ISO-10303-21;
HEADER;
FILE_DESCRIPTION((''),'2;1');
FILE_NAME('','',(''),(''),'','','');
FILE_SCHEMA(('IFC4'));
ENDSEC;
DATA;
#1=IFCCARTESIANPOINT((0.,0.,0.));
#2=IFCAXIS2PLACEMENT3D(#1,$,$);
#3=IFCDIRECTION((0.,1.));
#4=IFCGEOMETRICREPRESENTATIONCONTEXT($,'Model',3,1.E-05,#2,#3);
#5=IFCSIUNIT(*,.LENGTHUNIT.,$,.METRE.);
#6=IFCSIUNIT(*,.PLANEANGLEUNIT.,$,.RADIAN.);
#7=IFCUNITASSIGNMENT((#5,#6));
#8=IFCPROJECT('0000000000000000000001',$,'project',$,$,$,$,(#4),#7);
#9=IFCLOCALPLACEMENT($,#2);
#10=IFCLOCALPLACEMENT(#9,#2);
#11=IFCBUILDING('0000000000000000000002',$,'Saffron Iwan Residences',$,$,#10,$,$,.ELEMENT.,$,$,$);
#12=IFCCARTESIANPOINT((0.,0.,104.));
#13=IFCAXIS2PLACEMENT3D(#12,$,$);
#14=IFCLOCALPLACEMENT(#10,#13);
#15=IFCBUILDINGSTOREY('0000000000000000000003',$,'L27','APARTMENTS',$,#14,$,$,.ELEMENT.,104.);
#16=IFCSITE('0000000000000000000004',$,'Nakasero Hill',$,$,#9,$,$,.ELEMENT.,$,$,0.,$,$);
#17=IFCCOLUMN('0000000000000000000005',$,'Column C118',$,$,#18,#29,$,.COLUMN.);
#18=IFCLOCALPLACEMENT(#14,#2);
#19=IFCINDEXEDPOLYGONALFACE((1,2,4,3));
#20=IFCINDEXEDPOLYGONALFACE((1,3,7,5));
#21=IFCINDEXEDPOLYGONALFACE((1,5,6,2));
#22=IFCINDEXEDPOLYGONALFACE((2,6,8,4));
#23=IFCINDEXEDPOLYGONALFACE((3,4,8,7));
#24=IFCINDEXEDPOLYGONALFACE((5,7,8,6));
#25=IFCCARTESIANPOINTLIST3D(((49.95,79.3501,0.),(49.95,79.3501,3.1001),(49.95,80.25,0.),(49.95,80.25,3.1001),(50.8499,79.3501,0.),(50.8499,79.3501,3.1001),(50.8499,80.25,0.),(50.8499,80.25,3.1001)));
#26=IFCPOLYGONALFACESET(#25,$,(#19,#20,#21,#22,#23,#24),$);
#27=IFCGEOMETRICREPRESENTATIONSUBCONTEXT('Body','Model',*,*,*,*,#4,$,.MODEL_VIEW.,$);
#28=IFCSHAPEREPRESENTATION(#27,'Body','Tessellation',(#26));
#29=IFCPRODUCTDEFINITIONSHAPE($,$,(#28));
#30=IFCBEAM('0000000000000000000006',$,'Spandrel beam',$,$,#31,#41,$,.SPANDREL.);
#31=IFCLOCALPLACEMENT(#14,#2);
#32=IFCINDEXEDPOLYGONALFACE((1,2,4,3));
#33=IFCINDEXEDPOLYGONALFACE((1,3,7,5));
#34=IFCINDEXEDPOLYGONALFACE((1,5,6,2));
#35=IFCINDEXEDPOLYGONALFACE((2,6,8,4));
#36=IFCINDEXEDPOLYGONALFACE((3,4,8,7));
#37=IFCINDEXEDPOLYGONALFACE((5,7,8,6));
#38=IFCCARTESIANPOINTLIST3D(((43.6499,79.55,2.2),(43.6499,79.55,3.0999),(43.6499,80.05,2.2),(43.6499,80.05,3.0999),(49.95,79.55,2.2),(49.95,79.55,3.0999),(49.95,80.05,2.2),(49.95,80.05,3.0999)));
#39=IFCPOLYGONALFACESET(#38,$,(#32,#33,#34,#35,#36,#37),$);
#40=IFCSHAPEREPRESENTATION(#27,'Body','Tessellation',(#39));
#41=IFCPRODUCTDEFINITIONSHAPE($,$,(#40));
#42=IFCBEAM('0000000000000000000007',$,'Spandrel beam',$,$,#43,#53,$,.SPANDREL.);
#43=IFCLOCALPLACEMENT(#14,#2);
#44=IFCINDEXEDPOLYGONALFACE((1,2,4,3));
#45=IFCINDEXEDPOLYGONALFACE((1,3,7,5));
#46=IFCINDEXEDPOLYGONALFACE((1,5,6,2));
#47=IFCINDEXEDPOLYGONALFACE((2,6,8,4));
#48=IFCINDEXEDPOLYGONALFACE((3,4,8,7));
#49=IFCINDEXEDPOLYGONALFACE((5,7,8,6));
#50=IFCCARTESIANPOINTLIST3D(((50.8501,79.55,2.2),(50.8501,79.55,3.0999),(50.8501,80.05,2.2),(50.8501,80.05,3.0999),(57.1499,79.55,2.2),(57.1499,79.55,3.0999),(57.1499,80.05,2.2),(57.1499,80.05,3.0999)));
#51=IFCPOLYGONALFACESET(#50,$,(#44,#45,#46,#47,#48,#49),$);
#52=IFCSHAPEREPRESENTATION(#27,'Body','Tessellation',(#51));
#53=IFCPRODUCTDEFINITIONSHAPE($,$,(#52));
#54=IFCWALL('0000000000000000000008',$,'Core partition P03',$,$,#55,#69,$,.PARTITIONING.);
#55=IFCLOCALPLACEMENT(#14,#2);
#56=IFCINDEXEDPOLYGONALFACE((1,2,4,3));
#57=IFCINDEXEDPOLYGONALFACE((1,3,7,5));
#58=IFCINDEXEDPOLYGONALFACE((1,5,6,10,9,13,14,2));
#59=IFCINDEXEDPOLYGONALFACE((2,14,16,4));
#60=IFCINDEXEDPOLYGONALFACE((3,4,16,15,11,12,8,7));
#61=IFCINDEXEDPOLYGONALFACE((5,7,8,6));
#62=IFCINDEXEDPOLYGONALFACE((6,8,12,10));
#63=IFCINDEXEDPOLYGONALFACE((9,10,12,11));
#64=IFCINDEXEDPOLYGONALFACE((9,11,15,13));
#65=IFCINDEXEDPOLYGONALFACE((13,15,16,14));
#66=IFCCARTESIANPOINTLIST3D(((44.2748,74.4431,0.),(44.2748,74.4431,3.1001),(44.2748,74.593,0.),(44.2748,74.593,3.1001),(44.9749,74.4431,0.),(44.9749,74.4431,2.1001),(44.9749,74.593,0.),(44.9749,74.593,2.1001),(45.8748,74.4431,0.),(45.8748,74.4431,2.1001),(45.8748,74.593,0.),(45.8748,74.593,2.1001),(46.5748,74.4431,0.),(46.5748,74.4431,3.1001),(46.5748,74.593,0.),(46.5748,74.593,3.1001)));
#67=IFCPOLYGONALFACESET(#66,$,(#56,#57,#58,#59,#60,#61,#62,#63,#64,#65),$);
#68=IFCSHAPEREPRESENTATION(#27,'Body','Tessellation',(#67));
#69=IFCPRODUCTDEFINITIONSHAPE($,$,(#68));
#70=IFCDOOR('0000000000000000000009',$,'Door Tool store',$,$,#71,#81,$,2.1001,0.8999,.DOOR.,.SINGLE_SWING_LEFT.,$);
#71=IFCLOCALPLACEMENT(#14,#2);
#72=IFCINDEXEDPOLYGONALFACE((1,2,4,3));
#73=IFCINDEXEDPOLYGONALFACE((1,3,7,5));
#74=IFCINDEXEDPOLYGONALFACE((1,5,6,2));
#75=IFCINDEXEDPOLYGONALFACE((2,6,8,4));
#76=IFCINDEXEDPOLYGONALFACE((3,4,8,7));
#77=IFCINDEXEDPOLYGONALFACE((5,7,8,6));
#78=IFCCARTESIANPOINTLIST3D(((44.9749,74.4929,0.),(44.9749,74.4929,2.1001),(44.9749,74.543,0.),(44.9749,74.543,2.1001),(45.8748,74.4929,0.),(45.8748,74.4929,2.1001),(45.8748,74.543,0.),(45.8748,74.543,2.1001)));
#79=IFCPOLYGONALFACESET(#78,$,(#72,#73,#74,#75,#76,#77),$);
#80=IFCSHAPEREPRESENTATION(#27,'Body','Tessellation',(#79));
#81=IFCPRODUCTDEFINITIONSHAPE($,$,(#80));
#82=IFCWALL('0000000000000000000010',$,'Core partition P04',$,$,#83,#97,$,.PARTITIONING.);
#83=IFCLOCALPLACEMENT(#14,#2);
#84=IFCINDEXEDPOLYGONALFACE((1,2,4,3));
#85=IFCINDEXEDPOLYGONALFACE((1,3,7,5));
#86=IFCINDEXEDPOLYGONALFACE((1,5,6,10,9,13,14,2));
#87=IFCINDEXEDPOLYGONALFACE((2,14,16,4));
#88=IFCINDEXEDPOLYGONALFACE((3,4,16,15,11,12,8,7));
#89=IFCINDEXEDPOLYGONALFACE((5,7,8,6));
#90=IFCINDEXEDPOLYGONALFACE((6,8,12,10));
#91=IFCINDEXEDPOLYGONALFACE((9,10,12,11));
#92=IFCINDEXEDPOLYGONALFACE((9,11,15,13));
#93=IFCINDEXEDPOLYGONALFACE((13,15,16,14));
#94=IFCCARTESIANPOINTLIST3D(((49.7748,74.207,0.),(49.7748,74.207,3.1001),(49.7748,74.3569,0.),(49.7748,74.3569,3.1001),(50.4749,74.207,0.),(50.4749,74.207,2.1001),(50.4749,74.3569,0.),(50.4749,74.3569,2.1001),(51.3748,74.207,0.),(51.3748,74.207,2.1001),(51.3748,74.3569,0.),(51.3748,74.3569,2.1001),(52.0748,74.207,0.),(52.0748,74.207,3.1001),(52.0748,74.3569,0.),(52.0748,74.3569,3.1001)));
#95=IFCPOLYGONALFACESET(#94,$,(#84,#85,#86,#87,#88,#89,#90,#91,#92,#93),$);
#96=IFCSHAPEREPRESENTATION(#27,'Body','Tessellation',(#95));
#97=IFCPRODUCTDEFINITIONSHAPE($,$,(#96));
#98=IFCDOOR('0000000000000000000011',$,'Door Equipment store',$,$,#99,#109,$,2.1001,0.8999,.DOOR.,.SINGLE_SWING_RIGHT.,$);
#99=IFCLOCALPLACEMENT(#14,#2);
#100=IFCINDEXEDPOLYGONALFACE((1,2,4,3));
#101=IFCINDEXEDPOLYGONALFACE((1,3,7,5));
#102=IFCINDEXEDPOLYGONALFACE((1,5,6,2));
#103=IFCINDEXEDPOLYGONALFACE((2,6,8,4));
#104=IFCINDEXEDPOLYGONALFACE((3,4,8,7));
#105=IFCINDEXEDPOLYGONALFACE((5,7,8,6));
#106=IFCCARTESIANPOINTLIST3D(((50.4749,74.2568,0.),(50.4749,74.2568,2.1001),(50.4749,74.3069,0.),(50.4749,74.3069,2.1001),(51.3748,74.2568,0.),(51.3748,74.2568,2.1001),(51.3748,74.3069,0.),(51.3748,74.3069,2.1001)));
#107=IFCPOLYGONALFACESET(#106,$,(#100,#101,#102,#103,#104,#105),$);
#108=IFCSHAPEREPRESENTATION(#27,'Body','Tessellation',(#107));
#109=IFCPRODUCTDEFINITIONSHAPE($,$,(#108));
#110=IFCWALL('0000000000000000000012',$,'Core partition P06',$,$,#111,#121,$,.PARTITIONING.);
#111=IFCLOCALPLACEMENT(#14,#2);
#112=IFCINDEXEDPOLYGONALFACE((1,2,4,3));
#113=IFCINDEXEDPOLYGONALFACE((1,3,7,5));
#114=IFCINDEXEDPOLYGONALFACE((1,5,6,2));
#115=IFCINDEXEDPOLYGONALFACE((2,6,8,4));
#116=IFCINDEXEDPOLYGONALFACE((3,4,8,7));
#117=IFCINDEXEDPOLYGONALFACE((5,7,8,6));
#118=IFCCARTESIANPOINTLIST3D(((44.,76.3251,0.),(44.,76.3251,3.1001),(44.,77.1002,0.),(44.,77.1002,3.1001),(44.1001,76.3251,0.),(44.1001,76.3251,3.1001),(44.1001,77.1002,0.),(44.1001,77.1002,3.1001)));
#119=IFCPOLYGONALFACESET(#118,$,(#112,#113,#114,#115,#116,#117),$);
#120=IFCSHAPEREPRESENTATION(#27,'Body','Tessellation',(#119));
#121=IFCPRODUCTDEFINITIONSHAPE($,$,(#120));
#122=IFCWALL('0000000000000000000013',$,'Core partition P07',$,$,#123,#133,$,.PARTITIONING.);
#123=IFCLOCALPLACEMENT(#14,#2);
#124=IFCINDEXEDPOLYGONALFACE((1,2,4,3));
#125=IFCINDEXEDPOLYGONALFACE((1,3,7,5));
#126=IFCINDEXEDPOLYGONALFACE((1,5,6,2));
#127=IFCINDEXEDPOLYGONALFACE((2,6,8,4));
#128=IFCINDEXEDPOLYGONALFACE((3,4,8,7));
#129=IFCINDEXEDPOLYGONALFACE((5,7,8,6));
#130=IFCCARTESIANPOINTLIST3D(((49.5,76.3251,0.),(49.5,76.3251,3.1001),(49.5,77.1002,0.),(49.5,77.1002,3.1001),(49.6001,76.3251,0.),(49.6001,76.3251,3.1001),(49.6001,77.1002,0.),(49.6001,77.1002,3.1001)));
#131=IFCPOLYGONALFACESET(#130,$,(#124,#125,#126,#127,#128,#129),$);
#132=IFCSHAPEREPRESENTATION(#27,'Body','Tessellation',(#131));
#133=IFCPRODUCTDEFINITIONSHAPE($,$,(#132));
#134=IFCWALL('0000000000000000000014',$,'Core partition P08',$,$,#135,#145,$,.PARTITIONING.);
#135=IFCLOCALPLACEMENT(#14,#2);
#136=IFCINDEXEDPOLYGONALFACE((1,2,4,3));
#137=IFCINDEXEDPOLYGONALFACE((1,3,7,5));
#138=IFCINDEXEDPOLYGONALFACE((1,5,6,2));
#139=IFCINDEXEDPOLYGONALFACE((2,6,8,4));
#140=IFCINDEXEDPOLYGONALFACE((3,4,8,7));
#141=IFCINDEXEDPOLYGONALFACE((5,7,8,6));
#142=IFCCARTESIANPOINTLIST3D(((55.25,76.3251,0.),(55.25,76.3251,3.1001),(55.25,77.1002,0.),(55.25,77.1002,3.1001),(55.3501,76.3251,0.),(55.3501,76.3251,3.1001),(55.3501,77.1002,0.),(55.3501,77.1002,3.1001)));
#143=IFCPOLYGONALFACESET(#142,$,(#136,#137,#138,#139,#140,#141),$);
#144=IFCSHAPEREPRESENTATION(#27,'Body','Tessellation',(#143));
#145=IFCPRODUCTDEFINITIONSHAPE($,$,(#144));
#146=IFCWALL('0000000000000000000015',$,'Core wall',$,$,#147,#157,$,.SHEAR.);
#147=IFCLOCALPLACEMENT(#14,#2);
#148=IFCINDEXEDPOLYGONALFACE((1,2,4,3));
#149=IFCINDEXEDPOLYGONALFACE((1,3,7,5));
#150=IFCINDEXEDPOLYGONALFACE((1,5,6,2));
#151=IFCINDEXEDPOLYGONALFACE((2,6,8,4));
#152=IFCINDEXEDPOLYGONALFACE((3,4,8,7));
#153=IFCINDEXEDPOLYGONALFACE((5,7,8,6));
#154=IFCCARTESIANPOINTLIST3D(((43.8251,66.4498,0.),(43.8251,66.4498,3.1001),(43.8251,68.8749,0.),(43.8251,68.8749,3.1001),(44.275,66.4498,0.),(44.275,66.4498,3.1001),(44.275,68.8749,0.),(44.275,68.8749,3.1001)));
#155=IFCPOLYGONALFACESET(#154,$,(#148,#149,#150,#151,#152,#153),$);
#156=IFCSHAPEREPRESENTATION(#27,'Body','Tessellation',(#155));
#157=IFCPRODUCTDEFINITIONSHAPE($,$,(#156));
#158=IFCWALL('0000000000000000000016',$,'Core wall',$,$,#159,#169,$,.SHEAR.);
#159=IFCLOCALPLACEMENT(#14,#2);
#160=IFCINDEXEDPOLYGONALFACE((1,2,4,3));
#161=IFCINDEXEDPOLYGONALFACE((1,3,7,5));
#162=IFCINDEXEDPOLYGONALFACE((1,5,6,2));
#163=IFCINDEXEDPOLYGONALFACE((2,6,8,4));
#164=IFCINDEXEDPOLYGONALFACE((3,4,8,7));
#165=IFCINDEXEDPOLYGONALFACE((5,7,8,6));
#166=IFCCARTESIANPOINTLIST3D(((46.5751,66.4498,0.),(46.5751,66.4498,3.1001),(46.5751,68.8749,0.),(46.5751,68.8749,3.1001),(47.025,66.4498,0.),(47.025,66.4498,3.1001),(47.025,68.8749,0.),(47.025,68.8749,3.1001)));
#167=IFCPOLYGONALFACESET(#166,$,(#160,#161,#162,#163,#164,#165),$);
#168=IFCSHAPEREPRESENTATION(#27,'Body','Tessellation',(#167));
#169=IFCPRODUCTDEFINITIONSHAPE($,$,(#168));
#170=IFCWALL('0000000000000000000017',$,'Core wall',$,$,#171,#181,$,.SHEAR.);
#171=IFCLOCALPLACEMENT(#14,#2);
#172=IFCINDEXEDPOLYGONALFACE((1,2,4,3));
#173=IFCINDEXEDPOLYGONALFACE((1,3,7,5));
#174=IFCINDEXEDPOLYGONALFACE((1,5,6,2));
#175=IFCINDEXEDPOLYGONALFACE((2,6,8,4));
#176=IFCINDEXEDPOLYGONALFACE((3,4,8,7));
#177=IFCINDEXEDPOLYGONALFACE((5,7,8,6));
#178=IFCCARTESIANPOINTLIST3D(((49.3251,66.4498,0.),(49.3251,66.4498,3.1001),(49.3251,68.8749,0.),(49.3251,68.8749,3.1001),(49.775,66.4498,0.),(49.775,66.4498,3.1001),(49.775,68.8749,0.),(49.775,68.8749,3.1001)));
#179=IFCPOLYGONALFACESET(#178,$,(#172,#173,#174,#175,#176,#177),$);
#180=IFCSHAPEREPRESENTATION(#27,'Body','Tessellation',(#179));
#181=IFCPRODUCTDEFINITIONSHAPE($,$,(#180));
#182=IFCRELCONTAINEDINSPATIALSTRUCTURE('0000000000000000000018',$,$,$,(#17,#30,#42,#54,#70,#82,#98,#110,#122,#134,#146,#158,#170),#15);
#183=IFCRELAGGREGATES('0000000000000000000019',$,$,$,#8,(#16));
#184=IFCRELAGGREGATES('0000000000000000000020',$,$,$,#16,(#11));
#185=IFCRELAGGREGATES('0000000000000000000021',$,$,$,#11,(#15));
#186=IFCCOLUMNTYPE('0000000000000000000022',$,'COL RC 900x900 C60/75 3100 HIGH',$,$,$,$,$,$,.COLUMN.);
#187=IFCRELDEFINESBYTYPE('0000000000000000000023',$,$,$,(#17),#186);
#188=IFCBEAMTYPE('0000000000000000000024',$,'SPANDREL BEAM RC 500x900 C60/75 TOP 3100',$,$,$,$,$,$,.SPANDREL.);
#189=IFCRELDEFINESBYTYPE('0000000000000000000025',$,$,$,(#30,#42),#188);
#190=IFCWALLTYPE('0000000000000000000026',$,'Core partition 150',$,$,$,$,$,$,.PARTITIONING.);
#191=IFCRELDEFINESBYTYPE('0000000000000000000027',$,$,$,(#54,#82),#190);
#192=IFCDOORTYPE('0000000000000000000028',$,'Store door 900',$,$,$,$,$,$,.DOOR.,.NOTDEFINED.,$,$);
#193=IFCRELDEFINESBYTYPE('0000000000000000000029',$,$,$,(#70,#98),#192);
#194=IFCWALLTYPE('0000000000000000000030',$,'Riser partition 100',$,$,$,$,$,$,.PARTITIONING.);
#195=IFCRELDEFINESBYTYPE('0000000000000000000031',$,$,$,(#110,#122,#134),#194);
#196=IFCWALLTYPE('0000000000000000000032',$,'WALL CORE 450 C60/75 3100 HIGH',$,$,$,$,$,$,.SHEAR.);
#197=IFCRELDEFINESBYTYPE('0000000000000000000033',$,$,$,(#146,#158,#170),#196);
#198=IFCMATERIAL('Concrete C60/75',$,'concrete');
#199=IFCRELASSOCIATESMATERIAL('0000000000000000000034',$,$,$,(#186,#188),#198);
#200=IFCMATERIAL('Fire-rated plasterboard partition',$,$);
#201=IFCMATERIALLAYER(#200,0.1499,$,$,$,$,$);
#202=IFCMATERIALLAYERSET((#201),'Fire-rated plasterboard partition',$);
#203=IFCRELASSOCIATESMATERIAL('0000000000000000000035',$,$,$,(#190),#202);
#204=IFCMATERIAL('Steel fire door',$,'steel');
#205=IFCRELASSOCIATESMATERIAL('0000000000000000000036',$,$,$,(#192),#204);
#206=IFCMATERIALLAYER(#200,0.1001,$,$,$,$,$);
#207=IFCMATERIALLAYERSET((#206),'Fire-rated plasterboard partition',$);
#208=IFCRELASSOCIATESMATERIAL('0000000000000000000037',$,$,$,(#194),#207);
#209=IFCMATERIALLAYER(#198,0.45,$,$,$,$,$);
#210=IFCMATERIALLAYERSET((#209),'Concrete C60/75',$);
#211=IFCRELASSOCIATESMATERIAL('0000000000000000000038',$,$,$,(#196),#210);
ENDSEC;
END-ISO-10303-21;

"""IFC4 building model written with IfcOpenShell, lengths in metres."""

from ifc_helpers import new_model, si_unit, direction, frame, frame_2d, origin, origin_2d, place, context, subcontext, project, spatial, rectangle, extrude, source, transform, mapped, material, layer, layer_set, material_profile, profile_set, type_object, element, fill, save


model = new_model("IFC4")

# Units and contexts
model_context = context("Model", 3, precision=1e-05, world=origin(), true_north=direction((0.0, 1.0)))
body_context = subcontext(model_context, "Body", "Model", "MODEL_VIEW")
ifc_project = project(units=[si_unit("LENGTHUNIT", "METRE"), si_unit("PLANEANGLEUNIT", "RADIAN")], contexts=[model_context])

# Site, building, storey
site_placement = place(None, origin())
site = spatial("IfcSite", under=ifc_project, at=site_placement, Name="Nakasero Hill", CompositionType="ELEMENT", RefElevation=0.0)
building_placement = place(site_placement, origin())
building = spatial("IfcBuilding", under=site, at=building_placement, Name="Saffron Iwan Residences", CompositionType="ELEMENT")
storey_placement = place(building_placement, frame((0.0, 0.0, 104.0)))
storey = spatial("IfcBuildingStorey", under=building, at=storey_placement, Name="L27", Description="APARTMENTS", CompositionType="ELEMENT", Elevation=104.0)

# Column
ifc_material_1 = material(Name="Concrete C60/75", Category="concrete")
ifc_material_profile_1 = material_profile(ifc_material_1, rectangle(XDim=0.8999, YDim=0.8999, at=origin_2d()), Name="RC 900x900")
ifc_profile_set_1 = profile_set([ifc_material_profile_1], Name="Concrete C60/75")
column_type = type_object("IfcColumnType", Name="COL RC 900x900 C60/75 3100 HIGH", PredefinedType="COLUMN", material=ifc_profile_set_1)
shared_shape_1 = source(origin(), body_context, "Body", "SweptSolid", [
    extrude(rectangle(XDim=0.8999, YDim=0.8999, at=origin_2d()), origin(), (0.0, 0.0, 1.0), 3.1001),
])
column_placement = place(storey_placement, frame((50.3999, 79.8, 0.0), z_axis=(0.0, 0.0, 1.0), x_axis=(1.0, 0.0, 0.0)))
element("IfcColumn", 1, at=column_placement, inside=storey, type_object=column_type, Name="Column C118", PredefinedType="COLUMN", context=body_context, shape_type="MappedRepresentation", body=[
    mapped(shared_shape_1, transform((0.0, 0.0, 0.0))),
])

# Beams
ifc_material_profile_2 = material_profile(ifc_material_1, rectangle(XDim=0.5, YDim=0.8999, at=origin_2d()), Name="RC 500x900")
ifc_profile_set_2 = profile_set([ifc_material_profile_2], Name="Concrete C60/75")
beam_type = type_object("IfcBeamType", Name="SPANDREL BEAM RC 500x900 C60/75 TOP 3100", PredefinedType="SPANDREL", material=ifc_profile_set_2)
shared_shape_2 = source(origin(), body_context, "Body", "SweptSolid", [
    extrude(rectangle(XDim=0.5, YDim=0.8999, at=origin_2d()), origin(), (0.0, 0.0, 1.0), 6.3),
])
beam_1_placement = place(storey_placement, frame((43.6499, 79.8, 2.6499), z_axis=(1.0, 0.0, 0.0), x_axis=(0.0, 1.0, 0.0)))
element("IfcBeam", 2, at=beam_1_placement, inside=storey, type_object=beam_type, Name="Spandrel beam", PredefinedType="SPANDREL", context=body_context, shape_type="MappedRepresentation", body=[
    mapped(shared_shape_2, transform((0.0, 0.0, 0.0))),
])
shared_shape_3 = source(origin(), body_context, "Body", "SweptSolid", [
    extrude(rectangle(XDim=0.5, YDim=0.8999, at=origin_2d()), origin(), (0.0, 0.0, 1.0), 6.2998),
])
beam_2_placement = place(storey_placement, frame((50.8501, 79.8, 2.6499), z_axis=(1.0, 0.0, 0.0), x_axis=(0.0, 1.0, 0.0)))
element("IfcBeam", 3, at=beam_2_placement, inside=storey, type_object=beam_type, Name="Spandrel beam", PredefinedType="SPANDREL", context=body_context, shape_type="MappedRepresentation", body=[
    mapped(shared_shape_3, transform((0.0, 0.0, 0.0))),
])

# Walls, openings, doors
ifc_material_2 = material(Name="Fire-rated plasterboard partition")
ifc_layer_1 = layer(ifc_material_2, 0.1499)
ifc_layer_set_1 = layer_set([ifc_layer_1], Name="Fire-rated plasterboard partition")
wall_type_1 = type_object("IfcWallType", Name="Core partition 150", PredefinedType="PARTITIONING", material=ifc_layer_set_1)
wall_1_placement = place(storey_placement, frame((44.2749, 74.5181, 0.0), z_axis=(0.0, 0.0, 1.0), x_axis=(1.0, 0.0, 0.0)))
wall_1 = element("IfcWall", 4, at=wall_1_placement, inside=storey, type_object=wall_type_1, Name="Core partition P03", PredefinedType="PARTITIONING", context=body_context, shape_type="SweptSolid", body=[
    extrude(rectangle(XDim=2.3, YDim=0.1499, at=frame_2d((1.1499, 0.0))), origin(), (0.0, 0.0, 1.0), 3.1001),
])
opening_1_placement = place(wall_1_placement, frame((0.7, 0.0, 0.0)))
opening_1 = element("IfcOpeningElement", 5, at=opening_1_placement, cuts=wall_1, PredefinedType="OPENING", context=body_context, shape_type="SweptSolid", body=[
    extrude(rectangle(XDim=0.8999, YDim=2.1001, at=frame_2d((0.45, 1.05))), frame((0.0, 0.085, 0.0), z_axis=(0.0, -1.0, 0.0), x_axis=(1.0, 0.0, 0.0)), (0.0, 0.0, 1.0), 0.1699),
])
ifc_material_3 = material(Name="Steel fire door", Category="steel")
door_type = type_object("IfcDoorType", Name="Store door 900", OperationType="NOTDEFINED", PredefinedType="DOOR", material=ifc_material_3)
door_1_placement = place(opening_1_placement, origin())
door_1 = element("IfcDoor", 6, at=door_1_placement, inside=storey, type_object=door_type, Name="Door Tool store", OperationType="SINGLE_SWING_LEFT", OverallHeight=2.1001, OverallWidth=0.8999, PredefinedType="DOOR", context=body_context, shape_type="SweptSolid", body=[
    extrude(rectangle(XDim=0.8999, YDim=2.1001, at=frame_2d((0.45, 1.05))), frame((0.0, 0.0249, 0.0), z_axis=(0.0, -1.0, 0.0), x_axis=(1.0, 0.0, 0.0)), (0.0, 0.0, 1.0), 0.05),
])
fill(opening_1, door_1)
wall_2_placement = place(storey_placement, frame((49.7749, 74.282, 0.0), z_axis=(0.0, 0.0, 1.0), x_axis=(1.0, 0.0, 0.0)))
wall_2 = element("IfcWall", 7, at=wall_2_placement, inside=storey, type_object=wall_type_1, Name="Core partition P04", PredefinedType="PARTITIONING", context=body_context, shape_type="SweptSolid", body=[
    extrude(rectangle(XDim=2.3, YDim=0.1499, at=frame_2d((1.1499, 0.0))), origin(), (0.0, 0.0, 1.0), 3.1001),
])
opening_2_placement = place(wall_2_placement, frame((0.7, 0.0, 0.0)))
opening_2 = element("IfcOpeningElement", 8, at=opening_2_placement, cuts=wall_2, PredefinedType="OPENING", context=body_context, shape_type="SweptSolid", body=[
    extrude(rectangle(XDim=0.8999, YDim=2.1001, at=frame_2d((0.45, 1.05))), frame((0.0, 0.085, 0.0), z_axis=(0.0, -1.0, 0.0), x_axis=(1.0, 0.0, 0.0)), (0.0, 0.0, 1.0), 0.1699),
])
door_2_placement = place(opening_2_placement, origin())
door_2 = element("IfcDoor", 9, at=door_2_placement, inside=storey, type_object=door_type, Name="Door Equipment store", OperationType="SINGLE_SWING_RIGHT", OverallHeight=2.1001, OverallWidth=0.8999, PredefinedType="DOOR", context=body_context, shape_type="SweptSolid", body=[
    extrude(rectangle(XDim=0.8999, YDim=2.1001, at=frame_2d((0.45, 1.05))), frame((0.0, 0.0249, 0.0), z_axis=(0.0, -1.0, 0.0), x_axis=(1.0, 0.0, 0.0)), (0.0, 0.0, 1.0), 0.05),
])
fill(opening_2, door_2)

# Walls
ifc_layer_2 = layer(ifc_material_2, 0.1001)
ifc_layer_set_2 = layer_set([ifc_layer_2], Name="Fire-rated plasterboard partition")
wall_type_2 = type_object("IfcWallType", Name="Riser partition 100", PredefinedType="PARTITIONING", material=ifc_layer_set_2)
for number, where, z_axis, x_axis, name in (
    (10, (44.05, 76.325, 0.0), (0.0, 0.0, 1.0), (0.0, 1.0, 0.0), "Core partition P06"),
    (11, (49.55, 76.325, 0.0), (0.0, 0.0, 1.0), (0.0, 1.0, 0.0), "Core partition P07"),
    (12, (55.3, 76.325, 0.0), (0.0, 0.0, 1.0), (0.0, 1.0, 0.0), "Core partition P08"),
):
    element("IfcWall", number, at=place(storey_placement, frame(where, z_axis=z_axis, x_axis=x_axis)), inside=storey, type_object=wall_type_2, Name=name, PredefinedType="PARTITIONING", context=body_context, shape_type="SweptSolid", body=[
        extrude(rectangle(XDim=0.7751, YDim=0.1001, at=frame_2d((0.3877, 0.0))), origin(), (0.0, 0.0, 1.0), 3.1001),
    ])
ifc_layer_3 = layer(ifc_material_1, 0.45)
ifc_layer_set_3 = layer_set([ifc_layer_3], Name="Concrete C60/75")
wall_type_3 = type_object("IfcWallType", Name="WALL CORE 450 C60/75 3100 HIGH", PredefinedType="SHEAR", material=ifc_layer_set_3)
for number, where, z_axis, x_axis, name in (
    (13, (44.05, 66.45, 0.0), (0.0, 0.0, 1.0), (0.0, 1.0, 0.0), "Core wall"),
    (14, (46.8, 66.45, 0.0), (0.0, 0.0, 1.0), (0.0, 1.0, 0.0), "Core wall"),
    (15, (49.55, 66.45, 0.0), (0.0, 0.0, 1.0), (0.0, 1.0, 0.0), "Core wall"),
):
    element("IfcWall", number, at=place(storey_placement, frame(where, z_axis=z_axis, x_axis=x_axis)), inside=storey, type_object=wall_type_3, Name=name, PredefinedType="SHEAR", context=body_context, shape_type="SweptSolid", body=[
        extrude(rectangle(XDim=2.425, YDim=0.45, at=frame_2d((1.2124, 0.0))), origin(), (0.0, 0.0, 1.0), 3.1001),
    ])

save(model, "model.ifc")
